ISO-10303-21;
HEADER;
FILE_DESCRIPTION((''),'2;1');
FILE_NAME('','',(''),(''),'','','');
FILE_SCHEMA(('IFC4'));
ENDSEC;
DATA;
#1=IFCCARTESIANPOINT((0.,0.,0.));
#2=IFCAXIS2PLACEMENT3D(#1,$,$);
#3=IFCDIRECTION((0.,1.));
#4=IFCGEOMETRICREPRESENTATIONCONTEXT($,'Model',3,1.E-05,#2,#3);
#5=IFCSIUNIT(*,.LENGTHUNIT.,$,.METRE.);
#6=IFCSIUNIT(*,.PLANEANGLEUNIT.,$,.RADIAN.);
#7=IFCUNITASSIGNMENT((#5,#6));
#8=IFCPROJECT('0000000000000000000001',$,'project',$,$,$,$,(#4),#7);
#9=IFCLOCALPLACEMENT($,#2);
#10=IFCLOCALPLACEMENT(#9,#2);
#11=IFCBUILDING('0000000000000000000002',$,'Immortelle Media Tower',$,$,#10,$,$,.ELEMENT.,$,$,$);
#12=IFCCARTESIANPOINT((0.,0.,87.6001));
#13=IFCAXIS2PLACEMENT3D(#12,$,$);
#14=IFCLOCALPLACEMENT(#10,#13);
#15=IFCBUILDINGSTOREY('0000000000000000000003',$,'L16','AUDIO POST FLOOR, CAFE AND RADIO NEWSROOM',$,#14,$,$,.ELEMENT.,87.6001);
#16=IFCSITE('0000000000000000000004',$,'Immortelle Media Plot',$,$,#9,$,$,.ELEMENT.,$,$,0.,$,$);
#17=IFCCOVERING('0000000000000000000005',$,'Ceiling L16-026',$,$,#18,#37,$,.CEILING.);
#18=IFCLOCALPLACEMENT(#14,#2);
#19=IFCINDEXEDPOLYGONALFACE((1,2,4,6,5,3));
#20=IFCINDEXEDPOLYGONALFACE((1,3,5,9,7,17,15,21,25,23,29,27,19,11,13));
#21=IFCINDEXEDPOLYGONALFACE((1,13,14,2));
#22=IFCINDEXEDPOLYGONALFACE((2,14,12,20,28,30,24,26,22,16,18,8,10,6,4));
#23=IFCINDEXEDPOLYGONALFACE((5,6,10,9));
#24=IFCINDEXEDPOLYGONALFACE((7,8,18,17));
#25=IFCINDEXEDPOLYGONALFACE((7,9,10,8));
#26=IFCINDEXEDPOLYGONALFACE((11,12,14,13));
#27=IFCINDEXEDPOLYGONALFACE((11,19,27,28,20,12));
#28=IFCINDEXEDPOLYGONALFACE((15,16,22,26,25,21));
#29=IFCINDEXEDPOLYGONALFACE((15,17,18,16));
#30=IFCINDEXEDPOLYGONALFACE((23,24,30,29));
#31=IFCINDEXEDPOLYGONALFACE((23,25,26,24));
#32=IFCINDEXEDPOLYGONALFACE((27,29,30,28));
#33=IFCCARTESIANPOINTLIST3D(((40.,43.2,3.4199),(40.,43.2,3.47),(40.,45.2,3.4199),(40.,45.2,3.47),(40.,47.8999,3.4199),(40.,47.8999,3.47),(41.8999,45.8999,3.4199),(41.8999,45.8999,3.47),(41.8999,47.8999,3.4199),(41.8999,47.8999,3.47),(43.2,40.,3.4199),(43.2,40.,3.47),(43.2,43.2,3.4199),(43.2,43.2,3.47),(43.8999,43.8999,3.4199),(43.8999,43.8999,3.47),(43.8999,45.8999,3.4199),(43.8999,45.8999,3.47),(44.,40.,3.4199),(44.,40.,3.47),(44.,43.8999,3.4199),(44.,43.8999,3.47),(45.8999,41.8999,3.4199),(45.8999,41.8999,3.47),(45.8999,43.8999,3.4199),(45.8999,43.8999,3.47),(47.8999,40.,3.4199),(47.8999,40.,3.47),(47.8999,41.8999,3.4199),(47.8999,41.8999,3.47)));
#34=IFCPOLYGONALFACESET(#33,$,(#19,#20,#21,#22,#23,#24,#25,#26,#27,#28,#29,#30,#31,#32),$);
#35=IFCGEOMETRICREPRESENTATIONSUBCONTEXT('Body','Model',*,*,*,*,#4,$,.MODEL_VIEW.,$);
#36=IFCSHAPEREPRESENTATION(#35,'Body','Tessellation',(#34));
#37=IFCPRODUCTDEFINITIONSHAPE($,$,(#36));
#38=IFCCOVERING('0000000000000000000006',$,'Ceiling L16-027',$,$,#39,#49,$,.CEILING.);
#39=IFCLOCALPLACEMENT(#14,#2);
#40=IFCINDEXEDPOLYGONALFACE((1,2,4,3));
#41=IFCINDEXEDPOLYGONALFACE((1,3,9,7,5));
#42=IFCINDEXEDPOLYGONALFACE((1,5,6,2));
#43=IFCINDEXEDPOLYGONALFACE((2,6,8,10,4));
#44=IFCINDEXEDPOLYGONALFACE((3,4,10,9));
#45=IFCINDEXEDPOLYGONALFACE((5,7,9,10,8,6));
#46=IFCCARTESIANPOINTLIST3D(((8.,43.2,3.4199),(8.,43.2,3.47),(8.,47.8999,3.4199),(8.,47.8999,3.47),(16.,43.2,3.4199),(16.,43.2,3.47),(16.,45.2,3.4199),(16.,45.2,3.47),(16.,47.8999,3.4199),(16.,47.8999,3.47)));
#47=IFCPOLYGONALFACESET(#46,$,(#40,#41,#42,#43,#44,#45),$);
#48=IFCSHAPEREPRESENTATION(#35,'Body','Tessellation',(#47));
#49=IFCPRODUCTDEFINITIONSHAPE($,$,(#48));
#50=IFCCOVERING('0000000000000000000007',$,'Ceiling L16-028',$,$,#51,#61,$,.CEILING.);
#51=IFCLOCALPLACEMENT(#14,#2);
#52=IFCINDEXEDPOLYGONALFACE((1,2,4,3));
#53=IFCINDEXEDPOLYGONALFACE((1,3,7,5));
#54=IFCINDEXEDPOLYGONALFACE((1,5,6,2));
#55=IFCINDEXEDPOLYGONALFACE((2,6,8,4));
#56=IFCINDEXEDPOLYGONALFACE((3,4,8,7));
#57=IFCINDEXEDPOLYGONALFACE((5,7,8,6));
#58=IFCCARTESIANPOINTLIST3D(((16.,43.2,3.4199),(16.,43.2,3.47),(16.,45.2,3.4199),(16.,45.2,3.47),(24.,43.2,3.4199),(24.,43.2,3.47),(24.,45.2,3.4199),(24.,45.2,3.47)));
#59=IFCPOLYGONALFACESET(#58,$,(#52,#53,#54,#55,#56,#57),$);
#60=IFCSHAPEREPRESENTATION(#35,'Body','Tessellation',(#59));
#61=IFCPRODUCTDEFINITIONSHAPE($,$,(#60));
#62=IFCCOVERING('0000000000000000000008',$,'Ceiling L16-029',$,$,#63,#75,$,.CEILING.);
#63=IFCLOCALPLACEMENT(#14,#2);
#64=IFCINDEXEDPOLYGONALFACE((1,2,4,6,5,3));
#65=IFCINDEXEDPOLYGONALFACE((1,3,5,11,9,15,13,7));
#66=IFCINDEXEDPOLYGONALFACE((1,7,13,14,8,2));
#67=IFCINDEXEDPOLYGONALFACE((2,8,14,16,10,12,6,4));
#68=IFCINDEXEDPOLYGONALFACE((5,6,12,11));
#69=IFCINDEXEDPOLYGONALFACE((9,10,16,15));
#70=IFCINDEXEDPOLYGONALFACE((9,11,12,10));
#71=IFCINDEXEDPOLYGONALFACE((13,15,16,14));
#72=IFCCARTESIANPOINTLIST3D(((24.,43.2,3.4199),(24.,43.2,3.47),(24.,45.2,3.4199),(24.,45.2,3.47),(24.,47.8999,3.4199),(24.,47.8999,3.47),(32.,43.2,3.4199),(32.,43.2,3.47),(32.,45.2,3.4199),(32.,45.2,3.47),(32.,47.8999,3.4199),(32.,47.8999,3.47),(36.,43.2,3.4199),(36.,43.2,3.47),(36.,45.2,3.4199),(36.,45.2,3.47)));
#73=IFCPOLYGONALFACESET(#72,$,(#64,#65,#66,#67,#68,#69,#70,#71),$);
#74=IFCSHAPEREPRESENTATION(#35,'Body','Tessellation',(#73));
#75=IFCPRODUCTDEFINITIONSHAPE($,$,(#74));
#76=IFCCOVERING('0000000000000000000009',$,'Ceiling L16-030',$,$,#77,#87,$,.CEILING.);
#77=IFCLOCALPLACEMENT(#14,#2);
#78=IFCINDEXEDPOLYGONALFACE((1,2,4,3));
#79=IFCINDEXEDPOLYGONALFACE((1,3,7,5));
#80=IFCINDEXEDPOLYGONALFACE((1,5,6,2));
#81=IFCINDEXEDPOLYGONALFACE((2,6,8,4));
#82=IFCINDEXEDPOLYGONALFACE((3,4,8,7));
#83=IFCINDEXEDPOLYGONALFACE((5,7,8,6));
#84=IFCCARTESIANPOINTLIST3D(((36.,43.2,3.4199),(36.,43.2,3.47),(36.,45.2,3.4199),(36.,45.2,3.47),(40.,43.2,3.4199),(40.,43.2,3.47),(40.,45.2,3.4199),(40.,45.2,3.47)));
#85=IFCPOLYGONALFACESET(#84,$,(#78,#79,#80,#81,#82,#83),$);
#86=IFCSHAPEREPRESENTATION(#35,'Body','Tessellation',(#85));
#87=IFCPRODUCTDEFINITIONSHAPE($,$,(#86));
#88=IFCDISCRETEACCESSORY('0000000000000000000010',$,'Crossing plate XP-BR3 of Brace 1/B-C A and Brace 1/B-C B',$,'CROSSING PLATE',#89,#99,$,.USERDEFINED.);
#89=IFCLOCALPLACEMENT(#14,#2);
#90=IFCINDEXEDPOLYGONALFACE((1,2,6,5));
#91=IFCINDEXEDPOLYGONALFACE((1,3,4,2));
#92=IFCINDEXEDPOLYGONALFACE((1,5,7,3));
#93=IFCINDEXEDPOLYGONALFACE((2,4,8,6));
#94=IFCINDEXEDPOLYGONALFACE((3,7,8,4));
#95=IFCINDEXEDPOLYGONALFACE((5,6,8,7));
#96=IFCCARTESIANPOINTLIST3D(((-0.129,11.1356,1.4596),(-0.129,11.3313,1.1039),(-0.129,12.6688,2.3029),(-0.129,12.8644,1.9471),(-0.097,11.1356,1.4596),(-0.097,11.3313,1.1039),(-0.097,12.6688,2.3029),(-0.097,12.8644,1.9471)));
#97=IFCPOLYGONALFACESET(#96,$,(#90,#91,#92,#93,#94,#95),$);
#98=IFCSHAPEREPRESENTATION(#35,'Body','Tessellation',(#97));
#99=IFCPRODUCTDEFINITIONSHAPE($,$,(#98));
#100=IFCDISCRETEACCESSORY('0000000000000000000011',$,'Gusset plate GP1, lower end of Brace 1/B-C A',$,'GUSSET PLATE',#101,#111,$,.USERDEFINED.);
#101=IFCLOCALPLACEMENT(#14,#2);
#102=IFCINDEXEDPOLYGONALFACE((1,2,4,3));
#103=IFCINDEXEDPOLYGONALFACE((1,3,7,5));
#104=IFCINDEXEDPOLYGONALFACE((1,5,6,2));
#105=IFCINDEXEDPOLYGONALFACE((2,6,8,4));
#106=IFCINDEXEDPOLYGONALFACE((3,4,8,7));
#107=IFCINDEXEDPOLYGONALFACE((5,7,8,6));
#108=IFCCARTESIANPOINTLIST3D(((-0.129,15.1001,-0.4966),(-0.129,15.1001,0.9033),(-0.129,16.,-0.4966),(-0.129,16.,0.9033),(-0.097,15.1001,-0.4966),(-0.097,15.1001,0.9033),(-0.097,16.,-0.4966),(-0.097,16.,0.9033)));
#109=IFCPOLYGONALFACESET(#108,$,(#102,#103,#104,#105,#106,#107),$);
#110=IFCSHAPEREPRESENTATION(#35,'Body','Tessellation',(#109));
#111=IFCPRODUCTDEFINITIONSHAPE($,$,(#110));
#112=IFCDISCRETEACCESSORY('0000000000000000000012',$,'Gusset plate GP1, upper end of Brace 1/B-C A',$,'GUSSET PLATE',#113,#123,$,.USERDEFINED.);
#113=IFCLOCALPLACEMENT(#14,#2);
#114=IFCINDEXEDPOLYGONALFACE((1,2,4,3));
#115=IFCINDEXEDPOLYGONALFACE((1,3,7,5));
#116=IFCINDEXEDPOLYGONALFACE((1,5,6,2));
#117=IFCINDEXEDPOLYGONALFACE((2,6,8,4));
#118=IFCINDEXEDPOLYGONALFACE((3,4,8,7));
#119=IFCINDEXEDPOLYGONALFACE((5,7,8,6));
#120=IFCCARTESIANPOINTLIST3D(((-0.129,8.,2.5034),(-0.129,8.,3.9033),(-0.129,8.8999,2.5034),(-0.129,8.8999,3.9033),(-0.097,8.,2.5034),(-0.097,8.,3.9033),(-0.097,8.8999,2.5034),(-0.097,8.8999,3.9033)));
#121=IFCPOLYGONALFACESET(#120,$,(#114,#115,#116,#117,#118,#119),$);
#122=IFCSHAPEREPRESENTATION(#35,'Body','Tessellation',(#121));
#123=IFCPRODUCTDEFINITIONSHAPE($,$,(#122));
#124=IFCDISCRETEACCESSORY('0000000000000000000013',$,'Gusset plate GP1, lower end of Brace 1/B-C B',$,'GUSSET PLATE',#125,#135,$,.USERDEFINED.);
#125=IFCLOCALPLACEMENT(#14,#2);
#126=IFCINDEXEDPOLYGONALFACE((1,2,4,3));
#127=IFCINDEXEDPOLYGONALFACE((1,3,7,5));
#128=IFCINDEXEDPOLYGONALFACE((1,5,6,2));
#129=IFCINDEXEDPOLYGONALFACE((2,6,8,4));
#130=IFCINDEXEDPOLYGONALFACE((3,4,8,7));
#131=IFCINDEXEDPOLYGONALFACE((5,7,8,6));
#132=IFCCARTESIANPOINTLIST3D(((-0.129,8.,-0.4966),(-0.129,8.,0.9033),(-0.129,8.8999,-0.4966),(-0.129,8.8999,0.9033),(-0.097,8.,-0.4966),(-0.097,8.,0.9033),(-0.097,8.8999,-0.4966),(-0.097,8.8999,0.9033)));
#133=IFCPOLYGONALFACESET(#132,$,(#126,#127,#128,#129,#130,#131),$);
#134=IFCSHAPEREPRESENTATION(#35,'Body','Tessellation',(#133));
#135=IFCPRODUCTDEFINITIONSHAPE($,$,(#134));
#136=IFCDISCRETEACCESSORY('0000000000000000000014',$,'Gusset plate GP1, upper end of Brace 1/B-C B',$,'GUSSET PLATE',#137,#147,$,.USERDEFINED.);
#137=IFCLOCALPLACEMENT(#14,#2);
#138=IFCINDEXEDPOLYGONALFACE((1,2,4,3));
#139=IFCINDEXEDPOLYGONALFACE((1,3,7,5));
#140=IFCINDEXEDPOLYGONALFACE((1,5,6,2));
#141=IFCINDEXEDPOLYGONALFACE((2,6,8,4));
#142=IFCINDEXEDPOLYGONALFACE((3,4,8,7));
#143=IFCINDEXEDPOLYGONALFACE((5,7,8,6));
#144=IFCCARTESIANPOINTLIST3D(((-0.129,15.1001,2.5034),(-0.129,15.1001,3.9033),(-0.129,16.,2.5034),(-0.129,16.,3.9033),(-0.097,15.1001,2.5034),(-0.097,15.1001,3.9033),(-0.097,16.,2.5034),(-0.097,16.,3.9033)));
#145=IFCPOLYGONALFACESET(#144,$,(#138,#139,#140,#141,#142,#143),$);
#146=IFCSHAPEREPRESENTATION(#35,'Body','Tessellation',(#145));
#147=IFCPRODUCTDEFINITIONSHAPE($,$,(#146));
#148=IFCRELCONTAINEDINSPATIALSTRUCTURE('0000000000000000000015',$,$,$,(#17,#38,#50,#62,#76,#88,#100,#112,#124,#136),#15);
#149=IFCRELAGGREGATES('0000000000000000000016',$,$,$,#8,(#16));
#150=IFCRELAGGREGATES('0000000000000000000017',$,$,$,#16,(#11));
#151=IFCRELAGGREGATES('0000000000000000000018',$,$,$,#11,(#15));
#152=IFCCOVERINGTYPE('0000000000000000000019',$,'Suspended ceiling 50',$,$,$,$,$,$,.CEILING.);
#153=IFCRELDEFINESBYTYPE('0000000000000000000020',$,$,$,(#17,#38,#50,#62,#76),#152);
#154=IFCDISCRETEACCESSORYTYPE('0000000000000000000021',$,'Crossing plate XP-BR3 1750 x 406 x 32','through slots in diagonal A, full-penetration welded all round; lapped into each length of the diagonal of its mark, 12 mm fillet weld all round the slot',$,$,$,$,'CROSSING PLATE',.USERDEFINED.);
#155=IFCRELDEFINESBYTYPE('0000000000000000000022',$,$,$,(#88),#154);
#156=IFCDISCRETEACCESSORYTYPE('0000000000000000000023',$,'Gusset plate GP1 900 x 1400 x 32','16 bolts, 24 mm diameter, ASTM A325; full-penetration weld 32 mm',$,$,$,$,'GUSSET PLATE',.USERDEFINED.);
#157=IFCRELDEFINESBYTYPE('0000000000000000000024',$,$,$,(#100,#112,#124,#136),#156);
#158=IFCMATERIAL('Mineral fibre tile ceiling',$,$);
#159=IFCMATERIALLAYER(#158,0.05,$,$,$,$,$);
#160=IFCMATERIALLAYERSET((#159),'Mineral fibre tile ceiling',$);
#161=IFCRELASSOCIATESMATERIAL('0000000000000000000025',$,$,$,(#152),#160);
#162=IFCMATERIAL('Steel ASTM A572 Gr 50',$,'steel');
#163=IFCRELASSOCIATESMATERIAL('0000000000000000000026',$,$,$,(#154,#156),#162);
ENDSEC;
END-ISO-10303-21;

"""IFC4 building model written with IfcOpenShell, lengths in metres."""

from ifc_helpers import new_model, si_unit, direction, frame, origin, origin_2d, place, context, subcontext, project, spatial, polyline, rectangle, outline, extrude, material, layer, layer_set, material_profile, profile_set, type_object, element, save


model = new_model("IFC4")

# Units and contexts
model_context = context("Model", 3, precision=1e-05, world=origin(), true_north=direction((0.0, 1.0)))
body_context = subcontext(model_context, "Body", "Model", "MODEL_VIEW")
ifc_project = project(units=[si_unit("LENGTHUNIT", "METRE"), si_unit("PLANEANGLEUNIT", "RADIAN")], contexts=[model_context])

# Site, building, storey
site_placement = place(None, origin())
site = spatial("IfcSite", under=ifc_project, at=site_placement, Name="Immortelle Media Plot", CompositionType="ELEMENT", RefElevation=0.0)
building_placement = place(site_placement, origin())
building = spatial("IfcBuilding", under=site, at=building_placement, Name="Immortelle Media Tower", CompositionType="ELEMENT")
storey_placement = place(building_placement, frame((0.0, 0.0, 87.6001)))
storey = spatial("IfcBuildingStorey", under=building, at=storey_placement, Name="L16", Description="AUDIO POST FLOOR, CAFE AND RADIO NEWSROOM", CompositionType="ELEMENT", Elevation=87.6001)

# Coverings
ifc_material_1 = material(Name="Mineral fibre tile ceiling")
ifc_layer_1 = layer(ifc_material_1, 0.05)
ifc_layer_set_1 = layer_set([ifc_layer_1], Name="Mineral fibre tile ceiling")
covering_type = type_object("IfcCoveringType", Name="Suspended ceiling 50", PredefinedType="CEILING", material=ifc_layer_set_1)
covering_1_placement = place(storey_placement, frame((0.0, 0.0, 3.4199)))
element("IfcCovering", 1, at=covering_1_placement, inside=storey, type_object=covering_type, Name="Ceiling L16-026", PredefinedType="CEILING", context=body_context, shape_type="SweptSolid", body=[
    extrude(outline(polyline([(45.8999, 41.8999), (47.8999, 41.8999), (47.8999, 40.0), (44.0, 40.0), (43.2, 40.0), (43.2, 43.2), (40.0, 43.2), (40.0, 45.2), (40.0, 47.8999), (41.8999, 47.8999), (41.8999, 45.8999), (43.8999, 45.8999), (43.8999, 43.8999), (44.0, 43.8999), (45.8999, 43.8999), (45.8999, 41.8999)])), origin(), (0.0, 0.0, 1.0), 0.05),
])
covering_2_placement = place(storey_placement, frame((0.0, 0.0, 3.4199)))
element("IfcCovering", 2, at=covering_2_placement, inside=storey, type_object=covering_type, Name="Ceiling L16-027", PredefinedType="CEILING", context=body_context, shape_type="SweptSolid", body=[
    extrude(outline(polyline([(8.0, 43.2), (8.0, 47.8999), (16.0, 47.8999), (16.0, 45.2), (16.0, 43.2), (8.0, 43.2)])), origin(), (0.0, 0.0, 1.0), 0.05),
])
covering_3_placement = place(storey_placement, frame((0.0, 0.0, 3.4199)))
element("IfcCovering", 3, at=covering_3_placement, inside=storey, type_object=covering_type, Name="Ceiling L16-028", PredefinedType="CEILING", context=body_context, shape_type="SweptSolid", body=[
    extrude(outline(polyline([(24.0, 43.2), (16.0, 43.2), (16.0, 45.2), (24.0, 45.2), (24.0, 43.2)])), origin(), (0.0, 0.0, 1.0), 0.05),
])
covering_4_placement = place(storey_placement, frame((0.0, 0.0, 3.4199)))
element("IfcCovering", 4, at=covering_4_placement, inside=storey, type_object=covering_type, Name="Ceiling L16-029", PredefinedType="CEILING", context=body_context, shape_type="SweptSolid", body=[
    extrude(outline(polyline([(32.0, 43.2), (24.0, 43.2), (24.0, 45.2), (24.0, 47.8999), (32.0, 47.8999), (32.0, 45.2), (36.0, 45.2), (36.0, 43.2), (32.0, 43.2)])), origin(), (0.0, 0.0, 1.0), 0.05),
])
covering_5_placement = place(storey_placement, frame((0.0, 0.0, 3.4199)))
element("IfcCovering", 5, at=covering_5_placement, inside=storey, type_object=covering_type, Name="Ceiling L16-030", PredefinedType="CEILING", context=body_context, shape_type="SweptSolid", body=[
    extrude(outline(polyline([(40.0, 43.2), (36.0, 43.2), (36.0, 45.2), (40.0, 45.2), (40.0, 43.2)])), origin(), (0.0, 0.0, 1.0), 0.05),
])

# Discrete accessories
ifc_material_2 = material(Name="Steel ASTM A572 Gr 50", Category="steel")
ifc_material_profile_1 = material_profile(ifc_material_2, rectangle(XDim=0.032, YDim=0.406, at=origin_2d()), Name="PL 32 x 406")
ifc_profile_set_1 = profile_set([ifc_material_profile_1], Name="Steel ASTM A572 Gr 50")
discrete_accessory_type_1 = type_object("IfcDiscreteAccessoryType", Name="Crossing plate XP-BR3 1750 x 406 x 32", Description="through slots in diagonal A, full-penetration welded all round; lapped into each length of the diagonal of its mark, 12 mm fillet weld all round the slot", ElementType="CROSSING PLATE", PredefinedType="USERDEFINED", material=ifc_profile_set_1)
discrete_accessory_placement = place(storey_placement, frame((-0.113, 12.7666, 2.125), z_axis=(0.0, -0.876216, -0.481919), x_axis=(1.0, 0.0, 0.0)))
element("IfcDiscreteAccessory", 6, at=discrete_accessory_placement, inside=storey, type_object=discrete_accessory_type_1, Name="Crossing plate XP-BR3 of Brace 1/B-C A and Brace 1/B-C B", ObjectType="CROSSING PLATE", PredefinedType="USERDEFINED", context=body_context, shape_type="SweptSolid", body=[
    extrude(rectangle(XDim=0.032, YDim=0.406, at=origin_2d()), origin(), (0.0, 0.0, 1.0), 1.7498),
])
ifc_material_profile_2 = material_profile(ifc_material_2, rectangle(XDim=0.032, YDim=1.3999, at=origin_2d()), Name="PL 32 x 1400")
ifc_profile_set_2 = profile_set([ifc_material_profile_2], Name="Steel ASTM A572 Gr 50")
discrete_accessory_type_2 = type_object("IfcDiscreteAccessoryType", Name="Gusset plate GP1 900 x 1400 x 32", Description="16 bolts, 24 mm diameter, ASTM A325; full-penetration weld 32 mm", ElementType="GUSSET PLATE", PredefinedType="USERDEFINED", material=ifc_profile_set_2)
for number, where, z_axis, x_axis, name in (
    (7, (-0.113, 16.0, 0.2034), (0.0, -1.0, 0.0), (1.0, 0.0, 0.0), "Gusset plate GP1, lower end of Brace 1/B-C A"),
    (8, (-0.113, 8.0, 3.2034), (0.0, 1.0, 0.0), (-1.0, 0.0, 0.0), "Gusset plate GP1, upper end of Brace 1/B-C A"),
    (9, (-0.113, 8.0, 0.2034), (0.0, 1.0, 0.0), (-1.0, 0.0, 0.0), "Gusset plate GP1, lower end of Brace 1/B-C B"),
    (10, (-0.113, 16.0, 3.2034), (0.0, -1.0, 0.0), (1.0, 0.0, 0.0), "Gusset plate GP1, upper end of Brace 1/B-C B"),
):
    element("IfcDiscreteAccessory", number, at=place(storey_placement, frame(where, z_axis=z_axis, x_axis=x_axis)), inside=storey, type_object=discrete_accessory_type_2, Name=name, ObjectType="GUSSET PLATE", PredefinedType="USERDEFINED", context=body_context, shape_type="SweptSolid", body=[
        extrude(rectangle(XDim=0.032, YDim=1.3999, at=origin_2d()), origin(), (0.0, 0.0, 1.0), 0.8999),
    ])

save(model, "model.ifc")
